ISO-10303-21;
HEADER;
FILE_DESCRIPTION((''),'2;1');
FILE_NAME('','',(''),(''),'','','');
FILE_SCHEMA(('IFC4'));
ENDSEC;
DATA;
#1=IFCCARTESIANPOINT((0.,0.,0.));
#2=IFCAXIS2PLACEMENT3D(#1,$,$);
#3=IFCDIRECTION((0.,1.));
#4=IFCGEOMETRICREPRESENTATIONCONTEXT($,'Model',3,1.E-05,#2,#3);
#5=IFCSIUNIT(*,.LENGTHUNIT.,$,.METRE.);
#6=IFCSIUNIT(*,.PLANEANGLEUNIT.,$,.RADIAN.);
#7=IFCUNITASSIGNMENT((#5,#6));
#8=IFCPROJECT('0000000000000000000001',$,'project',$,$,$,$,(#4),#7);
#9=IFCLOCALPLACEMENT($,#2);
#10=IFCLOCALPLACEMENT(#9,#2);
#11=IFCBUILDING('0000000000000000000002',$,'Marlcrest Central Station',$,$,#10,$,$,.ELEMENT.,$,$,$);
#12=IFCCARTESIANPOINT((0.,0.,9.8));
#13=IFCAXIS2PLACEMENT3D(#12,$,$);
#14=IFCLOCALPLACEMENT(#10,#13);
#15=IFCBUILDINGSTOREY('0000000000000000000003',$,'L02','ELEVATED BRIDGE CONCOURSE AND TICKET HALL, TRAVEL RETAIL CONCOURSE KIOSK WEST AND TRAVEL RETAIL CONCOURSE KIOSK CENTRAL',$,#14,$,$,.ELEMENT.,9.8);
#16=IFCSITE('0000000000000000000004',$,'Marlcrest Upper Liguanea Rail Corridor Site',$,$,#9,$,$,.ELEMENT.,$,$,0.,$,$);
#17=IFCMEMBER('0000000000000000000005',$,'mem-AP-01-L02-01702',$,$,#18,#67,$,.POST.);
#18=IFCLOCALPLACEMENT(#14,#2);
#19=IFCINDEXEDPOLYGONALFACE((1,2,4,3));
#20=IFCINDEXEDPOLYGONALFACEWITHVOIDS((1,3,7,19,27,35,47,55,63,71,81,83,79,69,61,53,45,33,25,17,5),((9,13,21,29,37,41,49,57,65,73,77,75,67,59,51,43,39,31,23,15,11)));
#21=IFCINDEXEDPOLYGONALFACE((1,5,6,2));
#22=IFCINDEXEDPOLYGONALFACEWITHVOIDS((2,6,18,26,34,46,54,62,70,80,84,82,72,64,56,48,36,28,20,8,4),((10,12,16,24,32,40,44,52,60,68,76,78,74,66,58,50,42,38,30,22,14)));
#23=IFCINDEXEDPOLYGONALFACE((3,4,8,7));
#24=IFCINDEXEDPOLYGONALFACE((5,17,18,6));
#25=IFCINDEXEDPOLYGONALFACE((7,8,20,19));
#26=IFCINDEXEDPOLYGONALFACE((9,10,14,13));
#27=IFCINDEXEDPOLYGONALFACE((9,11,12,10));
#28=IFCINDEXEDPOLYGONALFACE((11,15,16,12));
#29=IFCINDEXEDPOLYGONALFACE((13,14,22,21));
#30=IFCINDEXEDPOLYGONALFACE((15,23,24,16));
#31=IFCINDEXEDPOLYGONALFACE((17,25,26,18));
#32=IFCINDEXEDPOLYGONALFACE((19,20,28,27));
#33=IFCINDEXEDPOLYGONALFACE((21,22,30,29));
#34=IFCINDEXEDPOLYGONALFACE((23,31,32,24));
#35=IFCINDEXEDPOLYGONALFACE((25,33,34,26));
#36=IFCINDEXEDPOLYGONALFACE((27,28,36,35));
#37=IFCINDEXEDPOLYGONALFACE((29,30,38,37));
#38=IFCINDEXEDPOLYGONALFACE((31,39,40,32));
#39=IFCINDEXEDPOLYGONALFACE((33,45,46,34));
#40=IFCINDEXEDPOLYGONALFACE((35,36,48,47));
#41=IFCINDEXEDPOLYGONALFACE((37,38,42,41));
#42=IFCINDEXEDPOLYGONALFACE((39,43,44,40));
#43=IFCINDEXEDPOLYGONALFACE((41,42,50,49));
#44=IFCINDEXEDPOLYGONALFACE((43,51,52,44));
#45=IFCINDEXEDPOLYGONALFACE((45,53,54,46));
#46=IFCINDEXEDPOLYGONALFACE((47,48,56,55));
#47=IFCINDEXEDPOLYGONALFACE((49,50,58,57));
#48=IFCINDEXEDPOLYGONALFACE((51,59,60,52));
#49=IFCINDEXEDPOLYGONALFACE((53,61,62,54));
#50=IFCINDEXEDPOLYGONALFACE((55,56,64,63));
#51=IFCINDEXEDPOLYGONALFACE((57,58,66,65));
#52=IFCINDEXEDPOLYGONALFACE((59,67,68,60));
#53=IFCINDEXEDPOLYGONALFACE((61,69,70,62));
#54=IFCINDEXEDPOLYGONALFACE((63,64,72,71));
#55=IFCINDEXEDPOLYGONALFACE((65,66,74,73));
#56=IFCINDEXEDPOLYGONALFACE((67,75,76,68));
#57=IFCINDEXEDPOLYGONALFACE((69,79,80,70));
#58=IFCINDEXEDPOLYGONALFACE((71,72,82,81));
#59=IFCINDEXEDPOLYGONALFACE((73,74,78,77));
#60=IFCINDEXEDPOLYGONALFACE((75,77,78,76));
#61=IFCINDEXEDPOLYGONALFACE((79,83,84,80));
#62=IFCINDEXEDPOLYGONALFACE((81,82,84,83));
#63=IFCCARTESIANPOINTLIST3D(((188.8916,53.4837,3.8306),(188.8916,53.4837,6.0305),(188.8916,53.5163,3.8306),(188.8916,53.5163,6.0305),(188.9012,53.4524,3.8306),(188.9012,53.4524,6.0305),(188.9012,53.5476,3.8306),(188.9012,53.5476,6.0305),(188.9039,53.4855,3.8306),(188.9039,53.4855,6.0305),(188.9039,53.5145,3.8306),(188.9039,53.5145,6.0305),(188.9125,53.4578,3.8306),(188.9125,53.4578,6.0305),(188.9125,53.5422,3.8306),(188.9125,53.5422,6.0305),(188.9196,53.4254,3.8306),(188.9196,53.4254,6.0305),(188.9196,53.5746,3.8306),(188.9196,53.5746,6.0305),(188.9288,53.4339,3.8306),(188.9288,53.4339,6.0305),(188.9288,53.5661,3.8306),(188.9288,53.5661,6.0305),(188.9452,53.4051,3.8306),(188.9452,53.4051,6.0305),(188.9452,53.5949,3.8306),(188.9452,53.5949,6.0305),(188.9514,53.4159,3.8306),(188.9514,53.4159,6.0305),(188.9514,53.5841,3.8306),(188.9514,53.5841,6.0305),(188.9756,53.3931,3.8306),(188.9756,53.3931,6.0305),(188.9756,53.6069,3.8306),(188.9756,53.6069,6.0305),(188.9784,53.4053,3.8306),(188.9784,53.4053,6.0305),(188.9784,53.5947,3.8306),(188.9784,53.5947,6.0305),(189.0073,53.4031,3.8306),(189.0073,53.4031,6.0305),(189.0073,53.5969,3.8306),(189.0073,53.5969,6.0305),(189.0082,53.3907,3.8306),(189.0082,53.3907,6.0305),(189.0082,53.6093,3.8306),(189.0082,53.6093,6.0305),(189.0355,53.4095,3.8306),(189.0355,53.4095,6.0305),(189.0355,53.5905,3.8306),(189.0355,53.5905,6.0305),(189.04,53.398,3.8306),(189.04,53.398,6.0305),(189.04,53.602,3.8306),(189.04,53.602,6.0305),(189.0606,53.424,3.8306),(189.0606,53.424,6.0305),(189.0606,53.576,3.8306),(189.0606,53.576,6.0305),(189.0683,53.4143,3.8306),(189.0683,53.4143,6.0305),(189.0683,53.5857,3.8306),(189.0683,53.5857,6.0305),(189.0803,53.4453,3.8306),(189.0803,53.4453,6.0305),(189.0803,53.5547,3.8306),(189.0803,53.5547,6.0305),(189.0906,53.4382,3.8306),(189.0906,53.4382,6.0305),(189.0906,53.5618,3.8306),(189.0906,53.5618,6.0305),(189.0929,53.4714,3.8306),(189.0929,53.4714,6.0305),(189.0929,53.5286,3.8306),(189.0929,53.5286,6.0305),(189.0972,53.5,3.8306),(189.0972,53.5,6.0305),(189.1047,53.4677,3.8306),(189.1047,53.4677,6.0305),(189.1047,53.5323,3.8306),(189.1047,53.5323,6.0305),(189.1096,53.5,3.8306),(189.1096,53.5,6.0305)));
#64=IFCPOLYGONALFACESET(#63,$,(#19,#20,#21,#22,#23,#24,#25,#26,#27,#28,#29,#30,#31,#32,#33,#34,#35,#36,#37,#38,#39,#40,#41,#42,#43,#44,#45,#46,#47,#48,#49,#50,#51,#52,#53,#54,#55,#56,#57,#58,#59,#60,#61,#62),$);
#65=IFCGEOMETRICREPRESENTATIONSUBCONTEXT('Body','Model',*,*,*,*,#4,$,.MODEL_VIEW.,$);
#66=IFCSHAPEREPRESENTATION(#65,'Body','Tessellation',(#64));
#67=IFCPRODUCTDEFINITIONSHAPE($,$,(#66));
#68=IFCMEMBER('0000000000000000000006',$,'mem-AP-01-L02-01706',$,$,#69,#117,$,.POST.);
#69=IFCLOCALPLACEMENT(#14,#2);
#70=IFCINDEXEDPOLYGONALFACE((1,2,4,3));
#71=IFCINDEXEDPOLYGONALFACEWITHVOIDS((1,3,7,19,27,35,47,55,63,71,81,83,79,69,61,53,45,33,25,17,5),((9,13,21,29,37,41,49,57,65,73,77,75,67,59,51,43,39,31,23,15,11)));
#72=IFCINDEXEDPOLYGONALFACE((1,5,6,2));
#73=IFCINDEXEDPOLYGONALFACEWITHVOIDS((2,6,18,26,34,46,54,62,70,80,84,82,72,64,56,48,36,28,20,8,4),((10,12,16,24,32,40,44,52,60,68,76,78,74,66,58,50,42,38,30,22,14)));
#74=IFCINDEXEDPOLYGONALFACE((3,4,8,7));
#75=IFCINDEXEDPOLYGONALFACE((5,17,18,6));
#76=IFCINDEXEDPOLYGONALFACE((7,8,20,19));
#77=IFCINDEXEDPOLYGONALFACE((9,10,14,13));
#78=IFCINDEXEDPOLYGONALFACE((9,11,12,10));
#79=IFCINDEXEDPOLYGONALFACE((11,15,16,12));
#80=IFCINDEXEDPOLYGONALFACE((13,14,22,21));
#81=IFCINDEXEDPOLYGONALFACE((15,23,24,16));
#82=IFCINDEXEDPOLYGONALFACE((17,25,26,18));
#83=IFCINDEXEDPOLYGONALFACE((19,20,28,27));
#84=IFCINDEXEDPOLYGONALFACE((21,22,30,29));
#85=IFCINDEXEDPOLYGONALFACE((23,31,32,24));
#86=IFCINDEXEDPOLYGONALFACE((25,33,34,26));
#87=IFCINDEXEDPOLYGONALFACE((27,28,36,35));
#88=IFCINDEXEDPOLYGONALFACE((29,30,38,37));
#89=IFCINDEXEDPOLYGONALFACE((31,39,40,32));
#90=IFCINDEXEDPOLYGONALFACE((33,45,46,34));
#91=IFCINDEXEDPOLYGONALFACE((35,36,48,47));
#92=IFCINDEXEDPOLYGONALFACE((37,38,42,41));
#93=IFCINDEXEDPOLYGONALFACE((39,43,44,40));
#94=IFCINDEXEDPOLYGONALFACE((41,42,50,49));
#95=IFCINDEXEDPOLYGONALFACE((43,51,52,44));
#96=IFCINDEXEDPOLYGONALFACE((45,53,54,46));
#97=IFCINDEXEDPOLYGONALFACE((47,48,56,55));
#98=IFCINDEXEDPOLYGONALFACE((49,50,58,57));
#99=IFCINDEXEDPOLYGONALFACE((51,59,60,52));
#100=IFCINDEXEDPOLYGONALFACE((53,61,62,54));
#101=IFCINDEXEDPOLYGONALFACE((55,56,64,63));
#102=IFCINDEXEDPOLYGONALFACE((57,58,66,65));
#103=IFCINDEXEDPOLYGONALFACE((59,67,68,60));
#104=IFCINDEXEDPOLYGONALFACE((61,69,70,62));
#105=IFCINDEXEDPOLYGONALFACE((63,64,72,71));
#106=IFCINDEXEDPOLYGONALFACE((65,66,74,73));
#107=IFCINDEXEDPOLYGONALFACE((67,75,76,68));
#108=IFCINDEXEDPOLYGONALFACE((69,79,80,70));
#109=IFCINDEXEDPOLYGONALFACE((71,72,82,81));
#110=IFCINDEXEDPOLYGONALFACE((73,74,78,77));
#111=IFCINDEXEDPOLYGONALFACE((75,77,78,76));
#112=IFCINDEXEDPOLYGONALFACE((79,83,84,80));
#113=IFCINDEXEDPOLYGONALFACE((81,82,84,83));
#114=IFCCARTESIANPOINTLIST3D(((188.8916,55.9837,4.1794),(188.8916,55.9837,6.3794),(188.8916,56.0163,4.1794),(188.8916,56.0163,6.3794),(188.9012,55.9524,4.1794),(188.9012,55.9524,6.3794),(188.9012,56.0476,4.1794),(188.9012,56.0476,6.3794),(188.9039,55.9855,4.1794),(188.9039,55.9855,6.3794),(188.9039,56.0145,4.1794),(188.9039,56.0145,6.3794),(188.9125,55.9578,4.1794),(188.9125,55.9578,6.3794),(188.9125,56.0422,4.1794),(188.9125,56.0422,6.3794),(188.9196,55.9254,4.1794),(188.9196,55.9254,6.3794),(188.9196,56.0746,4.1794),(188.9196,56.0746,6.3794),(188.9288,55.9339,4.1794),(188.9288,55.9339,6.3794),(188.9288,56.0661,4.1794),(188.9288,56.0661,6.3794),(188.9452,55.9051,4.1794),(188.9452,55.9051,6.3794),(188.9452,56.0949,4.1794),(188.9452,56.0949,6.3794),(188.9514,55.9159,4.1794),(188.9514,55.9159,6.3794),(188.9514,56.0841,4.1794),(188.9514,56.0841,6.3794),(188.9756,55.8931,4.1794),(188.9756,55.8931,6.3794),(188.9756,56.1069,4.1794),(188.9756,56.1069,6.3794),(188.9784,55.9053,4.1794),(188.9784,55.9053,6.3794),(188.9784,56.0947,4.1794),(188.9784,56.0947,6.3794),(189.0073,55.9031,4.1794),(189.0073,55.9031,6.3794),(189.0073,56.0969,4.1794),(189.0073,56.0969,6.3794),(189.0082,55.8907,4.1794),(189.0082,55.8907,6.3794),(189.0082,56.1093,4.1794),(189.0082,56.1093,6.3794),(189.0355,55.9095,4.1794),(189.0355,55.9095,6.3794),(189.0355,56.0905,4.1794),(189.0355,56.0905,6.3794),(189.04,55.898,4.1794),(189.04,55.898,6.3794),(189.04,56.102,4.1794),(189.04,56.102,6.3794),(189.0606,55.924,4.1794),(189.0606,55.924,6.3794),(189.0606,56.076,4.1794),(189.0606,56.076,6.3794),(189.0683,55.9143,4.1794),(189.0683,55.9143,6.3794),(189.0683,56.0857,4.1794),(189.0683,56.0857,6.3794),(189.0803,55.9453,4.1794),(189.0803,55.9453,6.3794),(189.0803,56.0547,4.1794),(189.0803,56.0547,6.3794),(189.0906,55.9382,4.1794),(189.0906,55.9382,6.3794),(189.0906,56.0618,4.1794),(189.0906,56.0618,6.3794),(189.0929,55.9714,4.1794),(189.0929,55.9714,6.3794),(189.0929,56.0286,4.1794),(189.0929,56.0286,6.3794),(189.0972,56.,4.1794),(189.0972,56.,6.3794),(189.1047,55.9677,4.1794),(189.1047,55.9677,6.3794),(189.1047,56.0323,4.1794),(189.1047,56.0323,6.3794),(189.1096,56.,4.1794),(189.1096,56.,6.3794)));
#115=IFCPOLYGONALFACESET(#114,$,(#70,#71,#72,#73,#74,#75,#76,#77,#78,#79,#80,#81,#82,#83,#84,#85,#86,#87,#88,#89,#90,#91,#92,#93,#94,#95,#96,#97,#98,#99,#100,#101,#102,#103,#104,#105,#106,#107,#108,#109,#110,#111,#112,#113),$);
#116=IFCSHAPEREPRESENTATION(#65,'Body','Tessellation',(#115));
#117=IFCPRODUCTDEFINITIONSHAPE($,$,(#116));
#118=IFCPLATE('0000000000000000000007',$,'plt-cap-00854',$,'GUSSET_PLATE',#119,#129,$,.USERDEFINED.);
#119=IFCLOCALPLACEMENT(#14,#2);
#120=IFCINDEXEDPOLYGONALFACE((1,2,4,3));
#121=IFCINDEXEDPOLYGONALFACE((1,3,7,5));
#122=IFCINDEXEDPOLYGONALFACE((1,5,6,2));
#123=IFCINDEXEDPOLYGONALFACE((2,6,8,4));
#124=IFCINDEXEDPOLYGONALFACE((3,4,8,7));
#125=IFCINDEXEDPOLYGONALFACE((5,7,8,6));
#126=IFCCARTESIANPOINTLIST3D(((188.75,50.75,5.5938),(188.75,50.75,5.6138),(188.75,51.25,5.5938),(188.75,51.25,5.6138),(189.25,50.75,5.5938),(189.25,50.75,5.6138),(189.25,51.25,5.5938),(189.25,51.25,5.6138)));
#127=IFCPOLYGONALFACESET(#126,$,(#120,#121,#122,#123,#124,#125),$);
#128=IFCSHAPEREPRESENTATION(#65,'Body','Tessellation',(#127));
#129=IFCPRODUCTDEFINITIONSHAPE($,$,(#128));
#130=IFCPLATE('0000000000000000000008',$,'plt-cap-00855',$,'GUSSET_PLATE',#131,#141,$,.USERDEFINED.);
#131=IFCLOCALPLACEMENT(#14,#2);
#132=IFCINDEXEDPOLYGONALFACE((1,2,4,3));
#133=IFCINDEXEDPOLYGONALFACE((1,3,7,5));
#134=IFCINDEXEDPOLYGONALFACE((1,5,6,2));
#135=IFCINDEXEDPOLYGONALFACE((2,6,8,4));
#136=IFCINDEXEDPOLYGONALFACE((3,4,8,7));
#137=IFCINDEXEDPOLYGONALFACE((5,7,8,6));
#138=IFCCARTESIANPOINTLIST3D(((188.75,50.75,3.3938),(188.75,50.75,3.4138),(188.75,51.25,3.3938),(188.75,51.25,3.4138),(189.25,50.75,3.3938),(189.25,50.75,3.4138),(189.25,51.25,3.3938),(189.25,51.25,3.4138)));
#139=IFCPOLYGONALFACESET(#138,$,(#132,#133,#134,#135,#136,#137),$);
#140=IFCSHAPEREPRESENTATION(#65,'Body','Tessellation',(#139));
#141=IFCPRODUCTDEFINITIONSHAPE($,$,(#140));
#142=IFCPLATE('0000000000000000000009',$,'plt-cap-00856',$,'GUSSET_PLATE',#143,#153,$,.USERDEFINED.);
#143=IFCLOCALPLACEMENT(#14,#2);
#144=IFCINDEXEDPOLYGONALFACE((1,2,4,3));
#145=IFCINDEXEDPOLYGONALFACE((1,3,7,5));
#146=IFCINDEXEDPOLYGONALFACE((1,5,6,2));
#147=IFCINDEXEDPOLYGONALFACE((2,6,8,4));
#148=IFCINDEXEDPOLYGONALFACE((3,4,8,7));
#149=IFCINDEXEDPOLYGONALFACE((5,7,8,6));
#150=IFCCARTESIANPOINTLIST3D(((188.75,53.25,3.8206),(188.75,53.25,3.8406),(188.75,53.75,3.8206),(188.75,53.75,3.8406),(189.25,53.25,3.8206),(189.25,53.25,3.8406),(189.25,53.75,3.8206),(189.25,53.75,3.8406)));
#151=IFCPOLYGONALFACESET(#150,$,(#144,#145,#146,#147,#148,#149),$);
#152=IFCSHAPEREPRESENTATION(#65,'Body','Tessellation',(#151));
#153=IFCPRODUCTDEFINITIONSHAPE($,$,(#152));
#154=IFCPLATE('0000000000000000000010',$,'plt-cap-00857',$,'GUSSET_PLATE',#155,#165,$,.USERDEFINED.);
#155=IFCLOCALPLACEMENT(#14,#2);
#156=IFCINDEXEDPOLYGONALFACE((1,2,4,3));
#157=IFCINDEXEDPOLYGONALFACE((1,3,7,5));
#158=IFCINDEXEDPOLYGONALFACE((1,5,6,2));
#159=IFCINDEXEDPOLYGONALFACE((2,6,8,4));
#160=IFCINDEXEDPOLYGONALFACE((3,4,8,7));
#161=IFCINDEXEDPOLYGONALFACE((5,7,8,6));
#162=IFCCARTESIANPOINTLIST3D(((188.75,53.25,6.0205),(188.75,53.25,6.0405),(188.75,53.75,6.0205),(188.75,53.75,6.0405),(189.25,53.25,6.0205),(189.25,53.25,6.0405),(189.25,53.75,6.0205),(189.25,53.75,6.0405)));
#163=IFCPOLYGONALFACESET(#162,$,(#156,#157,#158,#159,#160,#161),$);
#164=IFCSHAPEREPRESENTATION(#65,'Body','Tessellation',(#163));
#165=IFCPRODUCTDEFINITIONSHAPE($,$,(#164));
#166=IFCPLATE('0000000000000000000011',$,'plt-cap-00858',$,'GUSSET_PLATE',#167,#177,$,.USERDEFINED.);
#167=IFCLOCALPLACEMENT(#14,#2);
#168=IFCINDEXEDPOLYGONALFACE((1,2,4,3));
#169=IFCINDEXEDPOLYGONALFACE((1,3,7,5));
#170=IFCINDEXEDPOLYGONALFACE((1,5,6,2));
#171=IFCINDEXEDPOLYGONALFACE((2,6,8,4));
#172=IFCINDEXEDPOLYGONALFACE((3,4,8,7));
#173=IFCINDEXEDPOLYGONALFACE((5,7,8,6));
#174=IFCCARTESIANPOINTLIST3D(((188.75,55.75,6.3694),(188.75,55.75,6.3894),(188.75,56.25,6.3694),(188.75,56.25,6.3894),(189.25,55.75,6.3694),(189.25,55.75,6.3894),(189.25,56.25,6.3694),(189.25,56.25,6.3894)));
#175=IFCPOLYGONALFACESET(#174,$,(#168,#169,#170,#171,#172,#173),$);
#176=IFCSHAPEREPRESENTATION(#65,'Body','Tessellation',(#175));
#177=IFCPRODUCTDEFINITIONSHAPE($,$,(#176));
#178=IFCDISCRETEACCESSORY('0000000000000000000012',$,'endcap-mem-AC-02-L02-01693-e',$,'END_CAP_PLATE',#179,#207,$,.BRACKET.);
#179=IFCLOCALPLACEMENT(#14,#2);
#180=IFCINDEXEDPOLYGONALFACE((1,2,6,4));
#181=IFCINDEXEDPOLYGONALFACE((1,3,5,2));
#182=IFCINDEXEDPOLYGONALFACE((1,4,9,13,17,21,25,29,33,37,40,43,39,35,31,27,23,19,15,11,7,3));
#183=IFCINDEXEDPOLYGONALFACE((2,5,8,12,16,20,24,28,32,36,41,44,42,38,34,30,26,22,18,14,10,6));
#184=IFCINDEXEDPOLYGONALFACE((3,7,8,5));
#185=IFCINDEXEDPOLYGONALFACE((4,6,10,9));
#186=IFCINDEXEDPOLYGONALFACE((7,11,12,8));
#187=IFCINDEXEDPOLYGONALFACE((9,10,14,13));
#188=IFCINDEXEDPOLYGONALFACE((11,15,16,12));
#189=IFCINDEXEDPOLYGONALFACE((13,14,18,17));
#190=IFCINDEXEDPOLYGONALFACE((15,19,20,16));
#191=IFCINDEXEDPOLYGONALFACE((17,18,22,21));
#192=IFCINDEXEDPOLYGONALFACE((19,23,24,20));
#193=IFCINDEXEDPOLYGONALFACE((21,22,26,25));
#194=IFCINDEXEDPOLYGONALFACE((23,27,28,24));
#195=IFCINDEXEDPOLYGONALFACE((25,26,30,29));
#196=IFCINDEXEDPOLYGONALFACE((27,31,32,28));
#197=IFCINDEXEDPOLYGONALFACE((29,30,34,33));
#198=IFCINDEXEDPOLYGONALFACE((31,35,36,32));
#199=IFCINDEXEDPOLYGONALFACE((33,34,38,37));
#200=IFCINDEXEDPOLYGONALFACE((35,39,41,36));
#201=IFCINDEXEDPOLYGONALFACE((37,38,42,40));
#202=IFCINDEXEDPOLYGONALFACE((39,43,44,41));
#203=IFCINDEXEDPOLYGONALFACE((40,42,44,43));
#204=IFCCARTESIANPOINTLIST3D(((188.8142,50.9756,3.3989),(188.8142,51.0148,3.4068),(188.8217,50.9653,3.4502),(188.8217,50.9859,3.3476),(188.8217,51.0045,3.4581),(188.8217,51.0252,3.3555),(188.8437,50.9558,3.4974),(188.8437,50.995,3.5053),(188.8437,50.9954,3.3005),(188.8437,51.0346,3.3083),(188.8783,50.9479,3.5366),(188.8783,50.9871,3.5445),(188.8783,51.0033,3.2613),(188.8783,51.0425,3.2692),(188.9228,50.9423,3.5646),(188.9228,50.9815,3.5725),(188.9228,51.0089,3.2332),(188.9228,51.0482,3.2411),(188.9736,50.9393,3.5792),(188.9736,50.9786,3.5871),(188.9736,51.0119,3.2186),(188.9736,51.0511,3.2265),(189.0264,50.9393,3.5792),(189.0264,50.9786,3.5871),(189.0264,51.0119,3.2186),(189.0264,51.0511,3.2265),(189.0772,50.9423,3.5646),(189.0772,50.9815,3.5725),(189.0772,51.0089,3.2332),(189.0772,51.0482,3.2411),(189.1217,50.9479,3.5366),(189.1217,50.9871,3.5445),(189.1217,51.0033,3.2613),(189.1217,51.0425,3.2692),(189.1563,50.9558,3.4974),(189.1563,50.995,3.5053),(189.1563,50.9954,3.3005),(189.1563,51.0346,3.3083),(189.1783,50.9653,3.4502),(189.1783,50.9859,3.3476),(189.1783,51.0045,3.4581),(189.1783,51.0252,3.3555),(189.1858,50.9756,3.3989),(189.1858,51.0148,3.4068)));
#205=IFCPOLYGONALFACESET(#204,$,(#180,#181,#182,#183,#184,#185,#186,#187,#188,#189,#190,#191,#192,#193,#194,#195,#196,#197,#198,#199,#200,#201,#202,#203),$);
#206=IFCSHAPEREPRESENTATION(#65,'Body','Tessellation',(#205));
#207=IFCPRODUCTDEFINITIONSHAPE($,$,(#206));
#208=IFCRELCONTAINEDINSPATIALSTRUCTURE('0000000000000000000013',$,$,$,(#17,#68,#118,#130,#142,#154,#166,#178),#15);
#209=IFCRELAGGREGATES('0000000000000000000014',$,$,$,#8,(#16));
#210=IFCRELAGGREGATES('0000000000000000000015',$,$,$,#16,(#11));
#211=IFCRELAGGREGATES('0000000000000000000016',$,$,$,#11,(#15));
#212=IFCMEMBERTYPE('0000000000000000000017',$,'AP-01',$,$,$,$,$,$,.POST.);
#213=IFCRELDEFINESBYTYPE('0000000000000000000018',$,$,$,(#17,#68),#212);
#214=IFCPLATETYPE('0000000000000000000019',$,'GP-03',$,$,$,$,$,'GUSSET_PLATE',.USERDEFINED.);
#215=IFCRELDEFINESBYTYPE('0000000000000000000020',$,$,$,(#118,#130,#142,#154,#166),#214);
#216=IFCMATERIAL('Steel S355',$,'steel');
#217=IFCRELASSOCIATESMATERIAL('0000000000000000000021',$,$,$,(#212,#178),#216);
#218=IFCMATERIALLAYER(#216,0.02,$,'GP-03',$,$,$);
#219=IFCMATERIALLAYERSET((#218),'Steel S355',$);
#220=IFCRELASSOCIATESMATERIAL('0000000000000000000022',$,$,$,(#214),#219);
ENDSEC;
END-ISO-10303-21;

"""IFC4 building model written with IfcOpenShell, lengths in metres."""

from ifc_helpers import new_model, si_unit, direction, frame, origin, origin_2d, place, context, subcontext, project, spatial, rectangle, circle, hollow_circle, extrude, material, layer, layer_set, material_profile, profile_set, type_object, element, save


model = new_model("IFC4")

# Units and contexts
model_context = context("Model", 3, precision=1e-05, world=origin(), true_north=direction((0.0, 1.0)))
body_context = subcontext(model_context, "Body", "Model", "MODEL_VIEW")
ifc_project = project(units=[si_unit("LENGTHUNIT", "METRE"), si_unit("PLANEANGLEUNIT", "RADIAN")], contexts=[model_context])

# Site, building, storey
site_placement = place(None, origin())
site = spatial("IfcSite", under=ifc_project, at=site_placement, Name="Marlcrest Upper Liguanea Rail Corridor Site", CompositionType="ELEMENT", RefElevation=0.0)
building_placement = place(site_placement, origin())
building = spatial("IfcBuilding", under=site, at=building_placement, Name="Marlcrest Central Station", CompositionType="ELEMENT")
storey_placement = place(building_placement, frame((0.0, 0.0, 9.8)))
storey = spatial("IfcBuildingStorey", under=building, at=storey_placement, Name="L02", Description="ELEVATED BRIDGE CONCOURSE AND TICKET HALL, TRAVEL RETAIL CONCOURSE KIOSK WEST AND TRAVEL RETAIL CONCOURSE KIOSK CENTRAL", CompositionType="ELEMENT", Elevation=9.8)

# Members
ifc_material = material(Name="Steel S355", Category="steel")
ifc_material_profile_1 = material_profile(ifc_material, hollow_circle(Radius=0.1096, WallThickness=0.0125, at=origin_2d()), Name="CHS 219.1x12.5")
ifc_profile_set_1 = profile_set([ifc_material_profile_1], Name="Steel S355")
member_type_1 = type_object("IfcMemberType", Name="AP-01", PredefinedType="POST", material=ifc_profile_set_1)
for number, where, z_axis, x_axis, name in (
    (1, (189.0, 53.5, 3.8306), (0.0, 0.0, 1.0), (1.0, 0.0, 0.0), "mem-AP-01-L02-01702"),
    (2, (189.0, 56.0, 4.1794), (0.0, 0.0, 1.0), (1.0, 0.0, 0.0), "mem-AP-01-L02-01706"),
):
    element("IfcMember", number, at=place(storey_placement, frame(where, z_axis=z_axis, x_axis=x_axis)), inside=storey, type_object=member_type_1, Name=name, PredefinedType="POST", context=body_context, shape_type="SweptSolid", body=[
        extrude(hollow_circle(Radius=0.1096, WallThickness=0.0125, at=origin_2d()), origin(), (0.0, 0.0, 1.0), 2.2),
    ])

# Plates
ifc_layer = layer(ifc_material, 0.02, Name="GP-03")
ifc_layer_set = layer_set([ifc_layer], Name="Steel S355")
plate_type = type_object("IfcPlateType", Name="GP-03", ElementType="GUSSET_PLATE", PredefinedType="USERDEFINED", material=ifc_layer_set)
for number, where, z_axis, x_axis, name in (
    (3, (189.0, 51.0, 5.5938), (0.0, 0.0, 1.0), (1.0, 0.0, 0.0), "plt-cap-00854"),
    (4, (189.0, 51.0, 3.3938), (0.0, 0.0, 1.0), (1.0, 0.0, 0.0), "plt-cap-00855"),
    (5, (189.0, 53.5, 3.8206), (0.0, 0.0, 1.0), (1.0, 0.0, 0.0), "plt-cap-00856"),
    (6, (189.0, 53.5, 6.0205), (0.0, 0.0, 1.0), (1.0, 0.0, 0.0), "plt-cap-00857"),
    (7, (189.0, 56.0, 6.3694), (0.0, 0.0, 1.0), (1.0, 0.0, 0.0), "plt-cap-00858"),
):
    element("IfcPlate", number, at=place(storey_placement, frame(where, z_axis=z_axis, x_axis=x_axis)), inside=storey, type_object=plate_type, Name=name, ObjectType="GUSSET_PLATE", PredefinedType="USERDEFINED", context=body_context, shape_type="SweptSolid", body=[
        extrude(rectangle(XDim=0.5, YDim=0.5, at=origin_2d()), origin(), (0.0, 0.0, 1.0), 0.02),
    ])

# Discrete accessory
discrete_accessory_1_placement = place(storey_placement, frame((189.0, 50.9756, 3.3989), z_axis=(0.0, 0.980359, 0.197219), x_axis=(-1.0, 0.0, 0.0)))
element("IfcDiscreteAccessory", 8, at=discrete_accessory_1_placement, inside=storey, material=ifc_material, Name="endcap-mem-AC-02-L02-01693-e", ObjectType="END_CAP_PLATE", PredefinedType="BRACKET", context=body_context, shape_type="SweptSolid", body=[
    extrude(circle(Radius=0.1858, at=origin_2d()), origin(), (0.0, 0.0, 1.0), 0.04),
])

save(model, "model.ifc")
